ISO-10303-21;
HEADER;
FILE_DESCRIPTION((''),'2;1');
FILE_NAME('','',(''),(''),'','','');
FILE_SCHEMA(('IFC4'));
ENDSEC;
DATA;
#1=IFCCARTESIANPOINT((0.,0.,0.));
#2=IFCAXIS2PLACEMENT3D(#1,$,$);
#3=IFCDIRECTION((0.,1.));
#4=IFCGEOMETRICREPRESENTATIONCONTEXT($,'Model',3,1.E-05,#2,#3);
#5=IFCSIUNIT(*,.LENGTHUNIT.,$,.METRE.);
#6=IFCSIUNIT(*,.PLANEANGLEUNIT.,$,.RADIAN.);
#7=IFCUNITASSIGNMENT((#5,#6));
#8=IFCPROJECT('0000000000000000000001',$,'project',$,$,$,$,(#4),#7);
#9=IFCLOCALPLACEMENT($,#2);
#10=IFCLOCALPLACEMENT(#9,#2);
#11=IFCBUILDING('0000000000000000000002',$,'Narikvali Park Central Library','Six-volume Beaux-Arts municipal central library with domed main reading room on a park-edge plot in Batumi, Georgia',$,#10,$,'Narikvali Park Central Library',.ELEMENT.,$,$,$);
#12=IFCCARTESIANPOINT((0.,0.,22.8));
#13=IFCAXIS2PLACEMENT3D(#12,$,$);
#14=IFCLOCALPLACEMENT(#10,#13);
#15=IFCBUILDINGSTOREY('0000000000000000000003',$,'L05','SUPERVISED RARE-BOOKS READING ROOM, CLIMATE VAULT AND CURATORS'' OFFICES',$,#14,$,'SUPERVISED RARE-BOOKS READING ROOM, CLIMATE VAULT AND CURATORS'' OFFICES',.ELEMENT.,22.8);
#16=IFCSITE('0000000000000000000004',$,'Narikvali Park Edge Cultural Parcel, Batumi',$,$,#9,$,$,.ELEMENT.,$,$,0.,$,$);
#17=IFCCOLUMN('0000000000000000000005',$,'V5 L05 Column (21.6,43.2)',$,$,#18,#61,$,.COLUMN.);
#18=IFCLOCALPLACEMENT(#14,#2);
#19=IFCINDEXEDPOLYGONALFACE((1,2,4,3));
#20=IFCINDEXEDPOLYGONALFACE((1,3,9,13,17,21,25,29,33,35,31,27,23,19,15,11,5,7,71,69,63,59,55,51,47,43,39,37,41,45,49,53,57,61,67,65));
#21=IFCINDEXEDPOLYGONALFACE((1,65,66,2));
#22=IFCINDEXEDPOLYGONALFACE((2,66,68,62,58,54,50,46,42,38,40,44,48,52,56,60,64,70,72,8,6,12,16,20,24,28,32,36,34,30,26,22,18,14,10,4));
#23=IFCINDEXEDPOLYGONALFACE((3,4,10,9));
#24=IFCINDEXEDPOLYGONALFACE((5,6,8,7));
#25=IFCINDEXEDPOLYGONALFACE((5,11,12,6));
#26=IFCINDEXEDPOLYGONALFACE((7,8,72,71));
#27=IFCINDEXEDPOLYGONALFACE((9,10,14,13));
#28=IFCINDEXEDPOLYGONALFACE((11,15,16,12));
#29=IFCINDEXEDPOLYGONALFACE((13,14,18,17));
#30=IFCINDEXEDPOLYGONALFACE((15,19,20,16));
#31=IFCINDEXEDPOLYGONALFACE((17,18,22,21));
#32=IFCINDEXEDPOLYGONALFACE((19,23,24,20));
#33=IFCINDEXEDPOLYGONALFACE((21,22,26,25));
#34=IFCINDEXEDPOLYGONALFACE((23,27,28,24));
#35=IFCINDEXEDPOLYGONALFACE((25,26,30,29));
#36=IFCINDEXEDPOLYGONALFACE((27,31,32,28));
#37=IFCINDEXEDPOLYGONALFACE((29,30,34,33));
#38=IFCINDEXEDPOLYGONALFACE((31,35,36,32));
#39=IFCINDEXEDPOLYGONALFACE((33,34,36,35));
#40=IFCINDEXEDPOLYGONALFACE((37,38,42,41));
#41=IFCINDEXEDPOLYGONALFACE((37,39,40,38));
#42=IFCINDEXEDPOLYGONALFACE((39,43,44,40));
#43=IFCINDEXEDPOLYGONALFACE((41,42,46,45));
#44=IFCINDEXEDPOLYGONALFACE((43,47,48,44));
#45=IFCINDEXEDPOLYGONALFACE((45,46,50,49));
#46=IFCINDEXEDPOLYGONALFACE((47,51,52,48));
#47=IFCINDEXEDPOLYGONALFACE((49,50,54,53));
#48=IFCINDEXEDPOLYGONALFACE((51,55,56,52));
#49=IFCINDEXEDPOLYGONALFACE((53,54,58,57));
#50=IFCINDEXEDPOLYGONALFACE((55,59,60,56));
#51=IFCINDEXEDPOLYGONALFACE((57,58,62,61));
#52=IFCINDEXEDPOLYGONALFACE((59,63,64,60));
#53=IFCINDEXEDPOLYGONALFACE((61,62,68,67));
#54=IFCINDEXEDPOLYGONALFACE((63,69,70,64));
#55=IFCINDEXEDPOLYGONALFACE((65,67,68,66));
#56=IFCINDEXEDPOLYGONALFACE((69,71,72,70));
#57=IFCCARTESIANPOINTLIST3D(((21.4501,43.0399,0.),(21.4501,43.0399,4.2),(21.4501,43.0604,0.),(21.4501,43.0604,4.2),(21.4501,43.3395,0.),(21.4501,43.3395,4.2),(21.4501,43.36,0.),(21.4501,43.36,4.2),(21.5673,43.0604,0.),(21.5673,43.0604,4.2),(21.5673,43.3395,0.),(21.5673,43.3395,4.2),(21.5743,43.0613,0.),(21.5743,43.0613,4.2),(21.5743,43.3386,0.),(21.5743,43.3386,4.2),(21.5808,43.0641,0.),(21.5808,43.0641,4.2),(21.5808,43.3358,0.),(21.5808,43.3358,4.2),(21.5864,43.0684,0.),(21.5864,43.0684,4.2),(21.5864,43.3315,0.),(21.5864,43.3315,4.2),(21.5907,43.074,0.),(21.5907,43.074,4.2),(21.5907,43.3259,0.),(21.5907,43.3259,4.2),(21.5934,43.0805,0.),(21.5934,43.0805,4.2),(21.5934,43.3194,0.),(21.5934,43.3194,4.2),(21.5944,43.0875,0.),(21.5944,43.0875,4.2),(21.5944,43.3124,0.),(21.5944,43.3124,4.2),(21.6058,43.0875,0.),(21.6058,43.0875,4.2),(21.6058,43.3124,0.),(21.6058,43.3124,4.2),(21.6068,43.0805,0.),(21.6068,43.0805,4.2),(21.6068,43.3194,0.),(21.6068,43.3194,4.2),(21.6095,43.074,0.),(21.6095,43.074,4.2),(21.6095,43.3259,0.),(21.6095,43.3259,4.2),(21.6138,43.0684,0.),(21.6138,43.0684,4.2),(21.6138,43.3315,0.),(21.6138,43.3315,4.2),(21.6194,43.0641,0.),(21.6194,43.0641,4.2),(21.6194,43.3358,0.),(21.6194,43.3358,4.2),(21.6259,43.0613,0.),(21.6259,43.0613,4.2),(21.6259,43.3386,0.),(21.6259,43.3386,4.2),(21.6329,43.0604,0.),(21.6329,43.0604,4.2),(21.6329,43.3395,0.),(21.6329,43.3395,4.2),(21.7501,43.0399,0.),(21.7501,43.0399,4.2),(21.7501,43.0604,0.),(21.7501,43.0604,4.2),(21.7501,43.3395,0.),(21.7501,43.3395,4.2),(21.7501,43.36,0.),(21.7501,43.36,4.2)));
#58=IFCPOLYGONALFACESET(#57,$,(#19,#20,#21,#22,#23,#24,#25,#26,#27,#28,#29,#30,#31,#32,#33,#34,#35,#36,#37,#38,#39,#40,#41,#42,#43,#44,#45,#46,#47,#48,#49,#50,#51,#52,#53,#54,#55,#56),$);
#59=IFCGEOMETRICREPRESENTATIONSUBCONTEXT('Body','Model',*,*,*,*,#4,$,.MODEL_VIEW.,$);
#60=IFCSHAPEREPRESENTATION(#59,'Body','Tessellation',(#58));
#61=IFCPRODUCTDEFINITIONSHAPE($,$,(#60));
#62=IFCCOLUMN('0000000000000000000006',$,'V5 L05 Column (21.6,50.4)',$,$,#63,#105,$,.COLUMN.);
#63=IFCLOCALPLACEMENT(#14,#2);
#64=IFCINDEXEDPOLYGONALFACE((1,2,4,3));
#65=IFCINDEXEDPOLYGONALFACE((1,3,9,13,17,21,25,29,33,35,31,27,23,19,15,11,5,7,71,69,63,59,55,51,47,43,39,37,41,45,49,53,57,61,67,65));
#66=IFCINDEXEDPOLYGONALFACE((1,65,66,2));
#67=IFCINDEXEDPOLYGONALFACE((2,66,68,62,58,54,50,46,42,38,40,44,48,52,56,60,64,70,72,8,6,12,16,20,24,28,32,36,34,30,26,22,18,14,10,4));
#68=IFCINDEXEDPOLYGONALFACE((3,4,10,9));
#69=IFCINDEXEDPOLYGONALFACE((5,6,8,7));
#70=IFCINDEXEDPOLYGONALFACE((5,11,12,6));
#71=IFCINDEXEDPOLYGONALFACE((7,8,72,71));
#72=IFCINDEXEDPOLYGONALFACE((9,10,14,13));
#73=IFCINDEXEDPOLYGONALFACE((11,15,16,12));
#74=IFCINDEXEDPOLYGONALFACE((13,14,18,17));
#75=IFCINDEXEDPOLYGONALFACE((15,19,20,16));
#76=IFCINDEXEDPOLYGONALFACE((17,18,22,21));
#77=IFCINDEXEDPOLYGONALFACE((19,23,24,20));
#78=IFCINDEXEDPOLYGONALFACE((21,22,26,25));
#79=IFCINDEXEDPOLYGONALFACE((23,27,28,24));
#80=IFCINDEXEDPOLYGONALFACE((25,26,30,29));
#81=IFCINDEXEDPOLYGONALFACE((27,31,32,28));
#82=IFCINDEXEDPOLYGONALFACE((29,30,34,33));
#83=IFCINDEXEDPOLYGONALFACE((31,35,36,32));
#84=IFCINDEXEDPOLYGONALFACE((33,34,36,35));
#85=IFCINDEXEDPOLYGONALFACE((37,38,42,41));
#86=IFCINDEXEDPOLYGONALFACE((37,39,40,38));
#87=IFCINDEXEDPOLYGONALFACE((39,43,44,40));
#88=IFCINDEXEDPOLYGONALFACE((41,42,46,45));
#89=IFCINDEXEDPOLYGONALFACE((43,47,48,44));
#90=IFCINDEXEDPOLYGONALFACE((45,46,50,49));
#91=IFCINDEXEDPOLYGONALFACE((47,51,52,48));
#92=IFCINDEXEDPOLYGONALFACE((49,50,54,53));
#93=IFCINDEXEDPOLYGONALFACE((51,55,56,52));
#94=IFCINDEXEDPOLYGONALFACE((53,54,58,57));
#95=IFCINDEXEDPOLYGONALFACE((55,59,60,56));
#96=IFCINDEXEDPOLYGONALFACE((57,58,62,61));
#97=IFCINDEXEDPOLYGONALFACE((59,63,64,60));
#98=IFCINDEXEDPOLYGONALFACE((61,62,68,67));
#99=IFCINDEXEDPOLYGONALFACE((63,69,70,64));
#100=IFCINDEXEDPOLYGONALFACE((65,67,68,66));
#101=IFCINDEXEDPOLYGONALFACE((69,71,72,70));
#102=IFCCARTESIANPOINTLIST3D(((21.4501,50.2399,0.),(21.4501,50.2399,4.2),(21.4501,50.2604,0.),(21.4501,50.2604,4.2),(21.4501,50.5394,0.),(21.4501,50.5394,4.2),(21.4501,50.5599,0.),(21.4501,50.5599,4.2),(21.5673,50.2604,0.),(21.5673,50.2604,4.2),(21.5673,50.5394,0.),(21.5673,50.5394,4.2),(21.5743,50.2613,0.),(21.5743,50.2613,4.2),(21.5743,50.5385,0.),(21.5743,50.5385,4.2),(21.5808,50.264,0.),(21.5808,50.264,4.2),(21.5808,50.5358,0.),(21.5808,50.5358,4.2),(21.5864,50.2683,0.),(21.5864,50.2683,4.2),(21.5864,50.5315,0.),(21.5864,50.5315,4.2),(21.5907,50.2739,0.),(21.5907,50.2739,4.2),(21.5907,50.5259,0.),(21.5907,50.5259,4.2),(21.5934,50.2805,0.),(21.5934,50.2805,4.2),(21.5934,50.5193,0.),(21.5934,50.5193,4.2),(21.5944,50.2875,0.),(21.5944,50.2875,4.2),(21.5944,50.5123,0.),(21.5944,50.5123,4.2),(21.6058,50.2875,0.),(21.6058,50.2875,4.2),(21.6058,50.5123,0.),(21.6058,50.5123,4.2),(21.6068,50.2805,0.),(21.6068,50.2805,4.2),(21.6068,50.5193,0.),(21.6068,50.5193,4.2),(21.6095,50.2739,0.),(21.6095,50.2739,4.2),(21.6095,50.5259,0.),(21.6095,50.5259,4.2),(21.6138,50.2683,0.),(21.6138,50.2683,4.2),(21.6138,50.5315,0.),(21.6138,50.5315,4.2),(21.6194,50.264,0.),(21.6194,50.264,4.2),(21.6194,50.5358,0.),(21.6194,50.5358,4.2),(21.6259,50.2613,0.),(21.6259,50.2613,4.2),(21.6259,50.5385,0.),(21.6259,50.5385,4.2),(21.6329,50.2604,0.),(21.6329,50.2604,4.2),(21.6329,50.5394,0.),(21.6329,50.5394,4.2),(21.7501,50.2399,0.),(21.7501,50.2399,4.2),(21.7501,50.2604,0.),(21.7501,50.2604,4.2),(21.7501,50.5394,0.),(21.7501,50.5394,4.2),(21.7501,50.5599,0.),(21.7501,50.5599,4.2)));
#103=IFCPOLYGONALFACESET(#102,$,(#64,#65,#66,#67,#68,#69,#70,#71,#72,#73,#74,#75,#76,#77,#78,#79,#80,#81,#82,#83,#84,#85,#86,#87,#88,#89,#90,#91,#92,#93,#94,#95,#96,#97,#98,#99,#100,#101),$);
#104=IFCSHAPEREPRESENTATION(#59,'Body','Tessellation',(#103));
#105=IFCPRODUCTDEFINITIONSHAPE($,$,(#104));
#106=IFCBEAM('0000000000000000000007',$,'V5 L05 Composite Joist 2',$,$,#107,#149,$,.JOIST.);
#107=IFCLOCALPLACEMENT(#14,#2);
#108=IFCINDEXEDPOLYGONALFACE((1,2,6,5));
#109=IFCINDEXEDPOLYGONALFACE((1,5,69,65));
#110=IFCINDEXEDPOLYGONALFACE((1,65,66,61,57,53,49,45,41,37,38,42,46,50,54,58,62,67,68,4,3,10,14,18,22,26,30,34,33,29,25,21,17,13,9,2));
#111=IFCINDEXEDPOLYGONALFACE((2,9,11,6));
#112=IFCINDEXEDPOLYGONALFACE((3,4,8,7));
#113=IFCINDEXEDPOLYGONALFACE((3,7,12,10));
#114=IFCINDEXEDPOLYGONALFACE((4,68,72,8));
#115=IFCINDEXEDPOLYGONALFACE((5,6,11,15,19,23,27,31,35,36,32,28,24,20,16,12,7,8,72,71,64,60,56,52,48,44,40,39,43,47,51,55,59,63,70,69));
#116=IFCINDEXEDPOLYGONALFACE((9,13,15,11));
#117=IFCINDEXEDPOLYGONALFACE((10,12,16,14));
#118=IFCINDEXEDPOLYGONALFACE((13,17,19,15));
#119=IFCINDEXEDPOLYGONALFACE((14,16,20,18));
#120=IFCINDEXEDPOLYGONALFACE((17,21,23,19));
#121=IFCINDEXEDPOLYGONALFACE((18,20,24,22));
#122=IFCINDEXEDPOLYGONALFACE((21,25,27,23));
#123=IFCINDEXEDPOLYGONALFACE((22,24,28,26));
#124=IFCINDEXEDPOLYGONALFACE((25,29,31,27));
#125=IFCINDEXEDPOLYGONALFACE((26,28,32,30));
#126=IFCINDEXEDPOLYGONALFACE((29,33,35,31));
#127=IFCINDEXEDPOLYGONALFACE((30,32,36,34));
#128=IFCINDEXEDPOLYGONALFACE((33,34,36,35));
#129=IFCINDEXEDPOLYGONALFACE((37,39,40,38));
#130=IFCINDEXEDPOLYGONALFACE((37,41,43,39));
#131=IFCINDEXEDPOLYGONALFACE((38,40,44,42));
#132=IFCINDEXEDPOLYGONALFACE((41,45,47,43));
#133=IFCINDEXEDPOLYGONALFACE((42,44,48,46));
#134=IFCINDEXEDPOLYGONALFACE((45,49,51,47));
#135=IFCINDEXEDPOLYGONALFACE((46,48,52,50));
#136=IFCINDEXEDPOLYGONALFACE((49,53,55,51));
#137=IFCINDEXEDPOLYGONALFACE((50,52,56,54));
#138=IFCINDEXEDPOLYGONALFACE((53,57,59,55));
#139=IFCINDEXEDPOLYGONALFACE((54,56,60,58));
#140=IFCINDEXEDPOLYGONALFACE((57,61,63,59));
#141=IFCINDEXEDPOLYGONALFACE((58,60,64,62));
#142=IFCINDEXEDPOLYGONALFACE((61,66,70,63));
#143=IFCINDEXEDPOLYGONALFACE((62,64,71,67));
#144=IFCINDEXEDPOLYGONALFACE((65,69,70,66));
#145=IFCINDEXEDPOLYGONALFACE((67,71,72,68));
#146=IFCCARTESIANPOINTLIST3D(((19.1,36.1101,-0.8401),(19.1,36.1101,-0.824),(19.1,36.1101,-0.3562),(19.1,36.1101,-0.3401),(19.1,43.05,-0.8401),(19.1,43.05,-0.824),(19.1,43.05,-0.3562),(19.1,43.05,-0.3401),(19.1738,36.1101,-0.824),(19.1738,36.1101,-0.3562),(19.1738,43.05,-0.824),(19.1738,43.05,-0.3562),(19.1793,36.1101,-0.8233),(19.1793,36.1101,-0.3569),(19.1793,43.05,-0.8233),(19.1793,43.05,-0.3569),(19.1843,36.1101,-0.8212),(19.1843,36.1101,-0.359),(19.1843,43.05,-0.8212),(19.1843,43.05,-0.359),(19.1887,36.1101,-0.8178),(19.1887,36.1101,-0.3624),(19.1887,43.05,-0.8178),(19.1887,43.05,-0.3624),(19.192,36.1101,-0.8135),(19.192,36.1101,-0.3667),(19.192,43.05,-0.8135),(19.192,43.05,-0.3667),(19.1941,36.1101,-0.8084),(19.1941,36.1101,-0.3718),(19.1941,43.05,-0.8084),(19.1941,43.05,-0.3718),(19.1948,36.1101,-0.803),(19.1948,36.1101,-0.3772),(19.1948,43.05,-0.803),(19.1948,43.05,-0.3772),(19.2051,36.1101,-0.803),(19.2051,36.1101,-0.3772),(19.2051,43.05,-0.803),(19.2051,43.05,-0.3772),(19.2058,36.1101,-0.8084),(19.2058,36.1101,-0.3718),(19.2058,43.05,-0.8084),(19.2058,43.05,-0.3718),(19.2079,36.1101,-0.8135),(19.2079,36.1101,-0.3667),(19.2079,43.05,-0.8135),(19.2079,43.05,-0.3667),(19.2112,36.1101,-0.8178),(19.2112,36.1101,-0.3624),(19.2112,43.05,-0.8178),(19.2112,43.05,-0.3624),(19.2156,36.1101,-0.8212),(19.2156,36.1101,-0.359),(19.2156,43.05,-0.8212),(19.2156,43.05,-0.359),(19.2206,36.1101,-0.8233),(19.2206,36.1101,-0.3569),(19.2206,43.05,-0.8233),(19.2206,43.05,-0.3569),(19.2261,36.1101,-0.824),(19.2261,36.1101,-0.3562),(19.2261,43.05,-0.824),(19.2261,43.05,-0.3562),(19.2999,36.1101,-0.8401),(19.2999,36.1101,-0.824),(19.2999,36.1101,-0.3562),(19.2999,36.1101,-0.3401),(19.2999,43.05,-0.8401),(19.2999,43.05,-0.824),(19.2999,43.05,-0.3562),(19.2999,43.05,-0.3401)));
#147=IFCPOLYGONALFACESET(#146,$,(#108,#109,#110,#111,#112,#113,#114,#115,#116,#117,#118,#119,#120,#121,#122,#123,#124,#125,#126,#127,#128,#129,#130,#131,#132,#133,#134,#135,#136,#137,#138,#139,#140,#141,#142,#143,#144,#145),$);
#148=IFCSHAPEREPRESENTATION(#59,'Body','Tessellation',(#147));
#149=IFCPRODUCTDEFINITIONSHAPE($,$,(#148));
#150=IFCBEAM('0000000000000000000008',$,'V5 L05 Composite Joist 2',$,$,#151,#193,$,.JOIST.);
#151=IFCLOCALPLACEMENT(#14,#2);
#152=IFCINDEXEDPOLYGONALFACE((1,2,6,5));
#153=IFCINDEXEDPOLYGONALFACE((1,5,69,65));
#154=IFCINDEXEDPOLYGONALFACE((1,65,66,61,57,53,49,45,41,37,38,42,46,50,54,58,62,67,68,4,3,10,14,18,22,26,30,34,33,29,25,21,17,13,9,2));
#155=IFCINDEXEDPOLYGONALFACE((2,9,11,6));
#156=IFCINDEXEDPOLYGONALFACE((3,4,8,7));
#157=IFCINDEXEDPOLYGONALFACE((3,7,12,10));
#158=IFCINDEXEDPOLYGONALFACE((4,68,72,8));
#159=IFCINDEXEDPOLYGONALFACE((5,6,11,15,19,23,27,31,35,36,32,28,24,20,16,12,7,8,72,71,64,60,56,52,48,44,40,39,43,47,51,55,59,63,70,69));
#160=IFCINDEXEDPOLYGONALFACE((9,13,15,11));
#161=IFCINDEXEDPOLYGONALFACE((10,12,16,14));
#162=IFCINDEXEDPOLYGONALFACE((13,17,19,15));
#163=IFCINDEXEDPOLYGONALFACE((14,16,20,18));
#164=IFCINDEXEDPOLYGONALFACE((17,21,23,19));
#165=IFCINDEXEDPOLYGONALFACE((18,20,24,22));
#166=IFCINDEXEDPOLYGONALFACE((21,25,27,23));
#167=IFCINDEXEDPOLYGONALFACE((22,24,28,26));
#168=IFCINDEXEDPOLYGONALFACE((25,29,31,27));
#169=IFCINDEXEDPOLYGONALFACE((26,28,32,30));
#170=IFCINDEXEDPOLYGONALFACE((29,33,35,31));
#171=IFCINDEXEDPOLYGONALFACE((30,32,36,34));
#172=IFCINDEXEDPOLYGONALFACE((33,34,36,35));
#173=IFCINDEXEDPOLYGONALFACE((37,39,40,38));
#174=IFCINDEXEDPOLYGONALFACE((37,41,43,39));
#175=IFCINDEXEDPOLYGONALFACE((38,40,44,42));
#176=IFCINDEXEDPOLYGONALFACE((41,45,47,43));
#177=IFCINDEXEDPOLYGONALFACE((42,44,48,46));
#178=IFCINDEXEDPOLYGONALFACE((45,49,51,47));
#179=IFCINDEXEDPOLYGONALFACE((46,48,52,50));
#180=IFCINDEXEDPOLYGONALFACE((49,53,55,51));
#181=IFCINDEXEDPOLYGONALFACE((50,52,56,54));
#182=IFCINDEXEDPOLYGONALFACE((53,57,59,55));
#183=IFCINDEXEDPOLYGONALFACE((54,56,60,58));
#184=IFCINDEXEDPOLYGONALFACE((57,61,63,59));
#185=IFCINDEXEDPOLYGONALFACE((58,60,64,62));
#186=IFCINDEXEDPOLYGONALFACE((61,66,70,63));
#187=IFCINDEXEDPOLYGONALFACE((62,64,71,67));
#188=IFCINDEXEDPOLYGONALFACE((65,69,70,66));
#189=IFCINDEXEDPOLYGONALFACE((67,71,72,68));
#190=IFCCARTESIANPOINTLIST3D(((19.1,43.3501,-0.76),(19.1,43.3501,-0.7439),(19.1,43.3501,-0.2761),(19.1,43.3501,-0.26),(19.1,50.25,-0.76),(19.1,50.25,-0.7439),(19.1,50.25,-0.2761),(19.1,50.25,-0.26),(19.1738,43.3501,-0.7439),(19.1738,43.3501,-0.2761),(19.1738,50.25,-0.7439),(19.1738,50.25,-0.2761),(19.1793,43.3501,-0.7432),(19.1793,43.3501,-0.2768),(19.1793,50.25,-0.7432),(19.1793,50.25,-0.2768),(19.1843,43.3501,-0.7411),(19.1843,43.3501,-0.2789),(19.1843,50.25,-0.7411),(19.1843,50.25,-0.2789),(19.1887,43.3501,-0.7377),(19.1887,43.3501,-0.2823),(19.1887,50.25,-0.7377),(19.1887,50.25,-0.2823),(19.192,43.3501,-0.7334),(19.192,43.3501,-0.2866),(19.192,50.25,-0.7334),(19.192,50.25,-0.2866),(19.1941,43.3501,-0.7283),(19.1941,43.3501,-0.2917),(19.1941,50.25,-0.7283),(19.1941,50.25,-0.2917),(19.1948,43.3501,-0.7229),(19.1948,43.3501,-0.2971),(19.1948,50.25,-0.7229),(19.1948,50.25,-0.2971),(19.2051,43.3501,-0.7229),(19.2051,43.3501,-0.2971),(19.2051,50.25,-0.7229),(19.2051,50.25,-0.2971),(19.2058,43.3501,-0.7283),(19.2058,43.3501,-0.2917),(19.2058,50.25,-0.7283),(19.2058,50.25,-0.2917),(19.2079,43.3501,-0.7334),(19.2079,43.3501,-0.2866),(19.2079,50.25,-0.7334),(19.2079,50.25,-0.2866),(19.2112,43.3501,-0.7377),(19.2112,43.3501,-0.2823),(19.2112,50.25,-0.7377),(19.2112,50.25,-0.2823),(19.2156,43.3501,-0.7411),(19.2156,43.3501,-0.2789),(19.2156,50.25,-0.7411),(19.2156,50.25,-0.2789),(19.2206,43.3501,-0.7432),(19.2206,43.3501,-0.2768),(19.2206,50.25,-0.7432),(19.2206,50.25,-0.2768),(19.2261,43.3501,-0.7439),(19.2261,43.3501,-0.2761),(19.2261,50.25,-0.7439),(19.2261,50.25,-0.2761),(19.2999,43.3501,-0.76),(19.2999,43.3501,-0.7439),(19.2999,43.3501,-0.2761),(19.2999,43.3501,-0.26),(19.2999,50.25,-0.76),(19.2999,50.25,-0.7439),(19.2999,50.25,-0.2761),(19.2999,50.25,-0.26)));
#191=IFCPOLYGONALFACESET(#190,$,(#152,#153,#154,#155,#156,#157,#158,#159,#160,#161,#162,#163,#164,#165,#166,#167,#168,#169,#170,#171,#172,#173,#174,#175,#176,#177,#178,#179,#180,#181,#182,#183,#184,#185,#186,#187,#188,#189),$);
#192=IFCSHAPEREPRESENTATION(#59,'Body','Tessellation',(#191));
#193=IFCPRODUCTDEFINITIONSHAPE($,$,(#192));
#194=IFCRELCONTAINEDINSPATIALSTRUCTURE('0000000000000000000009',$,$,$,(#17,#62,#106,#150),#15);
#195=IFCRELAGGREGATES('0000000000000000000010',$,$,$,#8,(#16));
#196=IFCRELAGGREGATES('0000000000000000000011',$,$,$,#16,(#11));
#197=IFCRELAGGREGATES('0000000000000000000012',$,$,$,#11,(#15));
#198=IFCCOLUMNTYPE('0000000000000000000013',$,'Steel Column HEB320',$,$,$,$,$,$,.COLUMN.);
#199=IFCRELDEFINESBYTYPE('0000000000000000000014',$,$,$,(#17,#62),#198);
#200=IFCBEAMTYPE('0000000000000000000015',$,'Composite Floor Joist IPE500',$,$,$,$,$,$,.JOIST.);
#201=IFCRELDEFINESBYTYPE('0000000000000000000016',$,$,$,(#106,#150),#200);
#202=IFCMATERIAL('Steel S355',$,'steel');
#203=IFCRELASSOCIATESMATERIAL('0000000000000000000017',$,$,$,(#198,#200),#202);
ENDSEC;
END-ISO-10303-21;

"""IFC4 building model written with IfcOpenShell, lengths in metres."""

from ifc_helpers import new_model, si_unit, direction, frame, origin, origin_2d, place, context, subcontext, project, spatial, i_section, extrude, material, material_profile, profile_set, type_object, element, save


model = new_model("IFC4")

# Units and contexts
model_context = context("Model", 3, precision=1e-05, world=origin(), true_north=direction((0.0, 1.0)))
body_context = subcontext(model_context, "Body", "Model", "MODEL_VIEW")
ifc_project = project(units=[si_unit("LENGTHUNIT", "METRE"), si_unit("PLANEANGLEUNIT", "RADIAN")], contexts=[model_context])

# Site, building, storey
site_placement = place(None, origin())
site = spatial("IfcSite", under=ifc_project, at=site_placement, Name="Narikvali Park Edge Cultural Parcel, Batumi", CompositionType="ELEMENT", RefElevation=0.0)
building_placement = place(site_placement, origin())
building = spatial("IfcBuilding", under=site, at=building_placement, Name="Narikvali Park Central Library", Description="Six-volume Beaux-Arts municipal central library with domed main reading room on a park-edge plot in Batumi, Georgia", LongName="Narikvali Park Central Library", CompositionType="ELEMENT")
storey_placement = place(building_placement, frame((0.0, 0.0, 22.8)))
storey = spatial("IfcBuildingStorey", under=building, at=storey_placement, Name="L05", Description="SUPERVISED RARE-BOOKS READING ROOM, CLIMATE VAULT AND CURATORS' OFFICES", LongName="SUPERVISED RARE-BOOKS READING ROOM, CLIMATE VAULT AND CURATORS' OFFICES", CompositionType="ELEMENT", Elevation=22.8)

# Columns
ifc_material_1 = material(Name="Steel S355", Category="steel")
ifc_material_profile_1 = material_profile(ifc_material_1, i_section(OverallWidth=0.3, OverallDepth=0.3201, WebThickness=0.0115, FlangeThickness=0.0205, FilletRadius=0.0271, at=origin_2d()), Name="HEB 320")
ifc_profile_set_1 = profile_set([ifc_material_profile_1], Name="Steel S355")
column_type = type_object("IfcColumnType", Name="Steel Column HEB320", PredefinedType="COLUMN", material=ifc_profile_set_1)
for number, where, z_axis, x_axis, name in (
    (1, (21.6001, 43.2, 0.0), (0.0, 0.0, 1.0), (1.0, 0.0, 0.0), "V5 L05 Column (21.6,43.2)"),
    (2, (21.6001, 50.3999, 0.0), (0.0, 0.0, 1.0), (1.0, 0.0, 0.0), "V5 L05 Column (21.6,50.4)"),
):
    element("IfcColumn", number, at=place(storey_placement, frame(where, z_axis=z_axis, x_axis=x_axis)), inside=storey, type_object=column_type, Name=name, PredefinedType="COLUMN", context=body_context, shape_type="SweptSolid", body=[
        extrude(i_section(OverallWidth=0.3, OverallDepth=0.3201, WebThickness=0.0115, FlangeThickness=0.0205, FilletRadius=0.0271, at=origin_2d()), origin(), (0.0, 0.0, 1.0), 4.2),
    ])

# Beams
ifc_material_profile_2 = material_profile(ifc_material_1, i_section(OverallWidth=0.2, OverallDepth=0.5, WebThickness=0.0103, FlangeThickness=0.0161, FilletRadius=0.021, at=origin_2d()), Name="IPE 500")
ifc_profile_set_2 = profile_set([ifc_material_profile_2], Name="Steel S355")
beam_type_1 = type_object("IfcBeamType", Name="Composite Floor Joist IPE500", PredefinedType="JOIST", material=ifc_profile_set_2)
beam_1_placement = place(storey_placement, frame((19.2, 36.1101, -0.5901), z_axis=(0.0, 1.0, 0.0), x_axis=(-1.0, 0.0, 0.0)))
element("IfcBeam", 3, at=beam_1_placement, inside=storey, type_object=beam_type_1, Name="V5 L05 Composite Joist 2", PredefinedType="JOIST", context=body_context, shape_type="SweptSolid", body=[
    extrude(i_section(OverallWidth=0.2, OverallDepth=0.5, WebThickness=0.0103, FlangeThickness=0.0161, FilletRadius=0.021, at=origin_2d()), origin(), (0.0, 0.0, 1.0), 6.9399),
])
beam_2_placement = place(storey_placement, frame((19.2, 43.3501, -0.51), z_axis=(0.0, 1.0, 0.0), x_axis=(-1.0, 0.0, 0.0)))
element("IfcBeam", 4, at=beam_2_placement, inside=storey, type_object=beam_type_1, Name="V5 L05 Composite Joist 2", PredefinedType="JOIST", context=body_context, shape_type="SweptSolid", body=[
    extrude(i_section(OverallWidth=0.2, OverallDepth=0.5, WebThickness=0.0103, FlangeThickness=0.0161, FilletRadius=0.021, at=origin_2d()), origin(), (0.0, 0.0, 1.0), 6.8999),
])

save(model, "model.ifc")
